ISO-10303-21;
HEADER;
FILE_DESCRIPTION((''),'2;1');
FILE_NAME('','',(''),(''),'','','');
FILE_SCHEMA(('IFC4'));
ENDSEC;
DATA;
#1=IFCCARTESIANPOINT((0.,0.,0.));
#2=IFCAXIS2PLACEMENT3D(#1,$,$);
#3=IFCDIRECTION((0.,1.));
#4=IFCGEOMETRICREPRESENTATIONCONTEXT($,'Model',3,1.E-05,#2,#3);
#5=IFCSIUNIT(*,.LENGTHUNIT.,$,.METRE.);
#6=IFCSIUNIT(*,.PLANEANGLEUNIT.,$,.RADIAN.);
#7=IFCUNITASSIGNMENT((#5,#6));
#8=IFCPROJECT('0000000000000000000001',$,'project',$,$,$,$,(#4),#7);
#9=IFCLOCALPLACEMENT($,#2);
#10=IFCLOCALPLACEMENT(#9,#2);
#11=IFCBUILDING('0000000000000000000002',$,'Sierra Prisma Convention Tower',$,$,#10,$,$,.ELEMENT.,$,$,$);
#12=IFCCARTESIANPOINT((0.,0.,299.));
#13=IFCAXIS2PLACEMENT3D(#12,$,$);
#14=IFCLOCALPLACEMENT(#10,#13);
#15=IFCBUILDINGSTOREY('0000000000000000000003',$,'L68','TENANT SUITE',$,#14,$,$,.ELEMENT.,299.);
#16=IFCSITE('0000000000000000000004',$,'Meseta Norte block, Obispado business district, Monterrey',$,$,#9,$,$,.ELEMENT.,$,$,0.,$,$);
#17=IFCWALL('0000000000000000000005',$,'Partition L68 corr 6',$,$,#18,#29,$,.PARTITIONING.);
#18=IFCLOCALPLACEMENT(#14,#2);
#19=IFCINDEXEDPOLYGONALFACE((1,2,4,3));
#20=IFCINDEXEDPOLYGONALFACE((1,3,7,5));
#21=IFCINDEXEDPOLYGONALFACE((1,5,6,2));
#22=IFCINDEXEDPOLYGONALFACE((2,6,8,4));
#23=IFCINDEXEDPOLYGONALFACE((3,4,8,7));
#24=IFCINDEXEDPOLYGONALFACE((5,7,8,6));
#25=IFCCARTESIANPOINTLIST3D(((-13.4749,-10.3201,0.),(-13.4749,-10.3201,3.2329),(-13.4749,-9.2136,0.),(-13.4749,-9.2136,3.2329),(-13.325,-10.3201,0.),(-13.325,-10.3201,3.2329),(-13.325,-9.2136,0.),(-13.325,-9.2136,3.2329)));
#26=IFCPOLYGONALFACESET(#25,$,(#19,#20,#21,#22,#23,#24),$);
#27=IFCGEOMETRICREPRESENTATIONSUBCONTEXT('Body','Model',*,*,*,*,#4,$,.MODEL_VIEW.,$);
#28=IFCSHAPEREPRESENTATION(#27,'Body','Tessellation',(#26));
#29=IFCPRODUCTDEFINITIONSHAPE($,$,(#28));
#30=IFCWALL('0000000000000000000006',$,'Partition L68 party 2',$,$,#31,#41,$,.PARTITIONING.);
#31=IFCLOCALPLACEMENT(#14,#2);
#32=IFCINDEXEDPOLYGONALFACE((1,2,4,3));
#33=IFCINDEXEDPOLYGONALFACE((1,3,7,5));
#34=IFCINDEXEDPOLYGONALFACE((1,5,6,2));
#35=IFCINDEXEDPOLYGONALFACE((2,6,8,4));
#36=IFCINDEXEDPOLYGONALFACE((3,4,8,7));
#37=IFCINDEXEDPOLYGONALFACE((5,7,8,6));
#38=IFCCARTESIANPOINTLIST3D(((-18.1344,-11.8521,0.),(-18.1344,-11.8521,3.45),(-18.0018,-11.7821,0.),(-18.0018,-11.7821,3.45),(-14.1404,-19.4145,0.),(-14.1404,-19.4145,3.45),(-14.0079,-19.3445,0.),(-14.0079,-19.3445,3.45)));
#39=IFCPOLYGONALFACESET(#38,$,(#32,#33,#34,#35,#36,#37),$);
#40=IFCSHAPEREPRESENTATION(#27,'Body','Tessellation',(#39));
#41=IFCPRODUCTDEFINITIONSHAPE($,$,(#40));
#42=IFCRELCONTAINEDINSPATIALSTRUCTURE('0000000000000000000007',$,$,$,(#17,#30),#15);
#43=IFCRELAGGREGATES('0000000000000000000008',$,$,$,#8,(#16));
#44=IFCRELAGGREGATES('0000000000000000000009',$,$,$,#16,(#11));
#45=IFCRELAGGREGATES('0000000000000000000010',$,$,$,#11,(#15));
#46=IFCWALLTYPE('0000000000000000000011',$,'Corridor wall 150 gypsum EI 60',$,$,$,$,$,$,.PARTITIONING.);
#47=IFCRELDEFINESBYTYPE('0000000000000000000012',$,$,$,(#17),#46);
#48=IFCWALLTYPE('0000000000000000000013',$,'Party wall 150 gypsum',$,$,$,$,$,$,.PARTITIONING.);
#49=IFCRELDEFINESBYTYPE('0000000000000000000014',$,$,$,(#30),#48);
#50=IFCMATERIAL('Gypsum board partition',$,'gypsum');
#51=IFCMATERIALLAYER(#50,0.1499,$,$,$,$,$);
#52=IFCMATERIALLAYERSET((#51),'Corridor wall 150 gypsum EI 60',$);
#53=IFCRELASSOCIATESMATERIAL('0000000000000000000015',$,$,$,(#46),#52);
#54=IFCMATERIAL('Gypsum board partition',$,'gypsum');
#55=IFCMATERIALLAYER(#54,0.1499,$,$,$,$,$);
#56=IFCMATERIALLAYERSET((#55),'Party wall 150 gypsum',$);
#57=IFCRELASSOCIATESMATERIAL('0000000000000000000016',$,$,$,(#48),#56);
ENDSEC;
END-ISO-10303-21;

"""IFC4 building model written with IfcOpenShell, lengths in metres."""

from ifc_helpers import new_model, si_unit, direction, frame, frame_2d, origin, place, context, subcontext, project, spatial, rectangle, extrude, material, layer, layer_set, type_object, element, save


model = new_model("IFC4")

# Units and contexts
model_context = context("Model", 3, precision=1e-05, world=origin(), true_north=direction((0.0, 1.0)))
body_context = subcontext(model_context, "Body", "Model", "MODEL_VIEW")
ifc_project = project(units=[si_unit("LENGTHUNIT", "METRE"), si_unit("PLANEANGLEUNIT", "RADIAN")], contexts=[model_context])

# Site, building, storey
site_placement = place(None, origin())
site = spatial("IfcSite", under=ifc_project, at=site_placement, Name="Meseta Norte block, Obispado business district, Monterrey", CompositionType="ELEMENT", RefElevation=0.0)
building_placement = place(site_placement, origin())
building = spatial("IfcBuilding", under=site, at=building_placement, Name="Sierra Prisma Convention Tower", CompositionType="ELEMENT")
storey_placement = place(building_placement, frame((0.0, 0.0, 299.0)))
storey = spatial("IfcBuildingStorey", under=building, at=storey_placement, Name="L68", Description="TENANT SUITE", CompositionType="ELEMENT", Elevation=299.0)

# Shared definitions
ifc_material_1 = material(Name="Gypsum board partition", Category="gypsum")
ifc_layer_1 = layer(ifc_material_1, 0.1499)
ifc_layer_set_1 = layer_set([ifc_layer_1], Name="Corridor wall 150 gypsum EI 60")
wall_type_1 = type_object("IfcWallType", Name="Corridor wall 150 gypsum EI 60", PredefinedType="PARTITIONING", material=ifc_layer_set_1)

# Walls
wall_1_placement = place(storey_placement, frame((-13.3999, -9.2136, 0.0), z_axis=(0.0, 0.0, 1.0), x_axis=(0.0, -1.0, 0.0)))
element("IfcWall", 1, at=wall_1_placement, inside=storey, type_object=wall_type_1, Name="Partition L68 corr 6", PredefinedType="PARTITIONING", context=body_context, shape_type="SweptSolid", body=[
    extrude(rectangle(XDim=1.1064, YDim=0.1499, at=frame_2d((0.5532, 0.0))), origin(), (0.0, 0.0, 1.0), 3.2329),
])
ifc_material_2 = material(Name="Gypsum board partition", Category="gypsum")
ifc_layer_2 = layer(ifc_material_2, 0.1499)
ifc_layer_set_2 = layer_set([ifc_layer_2], Name="Party wall 150 gypsum")
wall_type_2 = type_object("IfcWallType", Name="Party wall 150 gypsum", PredefinedType="PARTITIONING", material=ifc_layer_set_2)
wall_2_placement = place(storey_placement, frame((-18.0681, -11.8171, 0.0), z_axis=(0.0, 0.0, 1.0), x_axis=(0.467006, -0.884254, 0.0)))
element("IfcWall", 2, at=wall_2_placement, inside=storey, type_object=wall_type_2, Name="Partition L68 party 2", PredefinedType="PARTITIONING", context=body_context, shape_type="SweptSolid", body=[
    extrude(rectangle(XDim=8.5522, YDim=0.1499, at=frame_2d((4.2761, 0.0))), origin(), (0.0, 0.0, 1.0), 3.45),
])

save(model, "model.ifc")
